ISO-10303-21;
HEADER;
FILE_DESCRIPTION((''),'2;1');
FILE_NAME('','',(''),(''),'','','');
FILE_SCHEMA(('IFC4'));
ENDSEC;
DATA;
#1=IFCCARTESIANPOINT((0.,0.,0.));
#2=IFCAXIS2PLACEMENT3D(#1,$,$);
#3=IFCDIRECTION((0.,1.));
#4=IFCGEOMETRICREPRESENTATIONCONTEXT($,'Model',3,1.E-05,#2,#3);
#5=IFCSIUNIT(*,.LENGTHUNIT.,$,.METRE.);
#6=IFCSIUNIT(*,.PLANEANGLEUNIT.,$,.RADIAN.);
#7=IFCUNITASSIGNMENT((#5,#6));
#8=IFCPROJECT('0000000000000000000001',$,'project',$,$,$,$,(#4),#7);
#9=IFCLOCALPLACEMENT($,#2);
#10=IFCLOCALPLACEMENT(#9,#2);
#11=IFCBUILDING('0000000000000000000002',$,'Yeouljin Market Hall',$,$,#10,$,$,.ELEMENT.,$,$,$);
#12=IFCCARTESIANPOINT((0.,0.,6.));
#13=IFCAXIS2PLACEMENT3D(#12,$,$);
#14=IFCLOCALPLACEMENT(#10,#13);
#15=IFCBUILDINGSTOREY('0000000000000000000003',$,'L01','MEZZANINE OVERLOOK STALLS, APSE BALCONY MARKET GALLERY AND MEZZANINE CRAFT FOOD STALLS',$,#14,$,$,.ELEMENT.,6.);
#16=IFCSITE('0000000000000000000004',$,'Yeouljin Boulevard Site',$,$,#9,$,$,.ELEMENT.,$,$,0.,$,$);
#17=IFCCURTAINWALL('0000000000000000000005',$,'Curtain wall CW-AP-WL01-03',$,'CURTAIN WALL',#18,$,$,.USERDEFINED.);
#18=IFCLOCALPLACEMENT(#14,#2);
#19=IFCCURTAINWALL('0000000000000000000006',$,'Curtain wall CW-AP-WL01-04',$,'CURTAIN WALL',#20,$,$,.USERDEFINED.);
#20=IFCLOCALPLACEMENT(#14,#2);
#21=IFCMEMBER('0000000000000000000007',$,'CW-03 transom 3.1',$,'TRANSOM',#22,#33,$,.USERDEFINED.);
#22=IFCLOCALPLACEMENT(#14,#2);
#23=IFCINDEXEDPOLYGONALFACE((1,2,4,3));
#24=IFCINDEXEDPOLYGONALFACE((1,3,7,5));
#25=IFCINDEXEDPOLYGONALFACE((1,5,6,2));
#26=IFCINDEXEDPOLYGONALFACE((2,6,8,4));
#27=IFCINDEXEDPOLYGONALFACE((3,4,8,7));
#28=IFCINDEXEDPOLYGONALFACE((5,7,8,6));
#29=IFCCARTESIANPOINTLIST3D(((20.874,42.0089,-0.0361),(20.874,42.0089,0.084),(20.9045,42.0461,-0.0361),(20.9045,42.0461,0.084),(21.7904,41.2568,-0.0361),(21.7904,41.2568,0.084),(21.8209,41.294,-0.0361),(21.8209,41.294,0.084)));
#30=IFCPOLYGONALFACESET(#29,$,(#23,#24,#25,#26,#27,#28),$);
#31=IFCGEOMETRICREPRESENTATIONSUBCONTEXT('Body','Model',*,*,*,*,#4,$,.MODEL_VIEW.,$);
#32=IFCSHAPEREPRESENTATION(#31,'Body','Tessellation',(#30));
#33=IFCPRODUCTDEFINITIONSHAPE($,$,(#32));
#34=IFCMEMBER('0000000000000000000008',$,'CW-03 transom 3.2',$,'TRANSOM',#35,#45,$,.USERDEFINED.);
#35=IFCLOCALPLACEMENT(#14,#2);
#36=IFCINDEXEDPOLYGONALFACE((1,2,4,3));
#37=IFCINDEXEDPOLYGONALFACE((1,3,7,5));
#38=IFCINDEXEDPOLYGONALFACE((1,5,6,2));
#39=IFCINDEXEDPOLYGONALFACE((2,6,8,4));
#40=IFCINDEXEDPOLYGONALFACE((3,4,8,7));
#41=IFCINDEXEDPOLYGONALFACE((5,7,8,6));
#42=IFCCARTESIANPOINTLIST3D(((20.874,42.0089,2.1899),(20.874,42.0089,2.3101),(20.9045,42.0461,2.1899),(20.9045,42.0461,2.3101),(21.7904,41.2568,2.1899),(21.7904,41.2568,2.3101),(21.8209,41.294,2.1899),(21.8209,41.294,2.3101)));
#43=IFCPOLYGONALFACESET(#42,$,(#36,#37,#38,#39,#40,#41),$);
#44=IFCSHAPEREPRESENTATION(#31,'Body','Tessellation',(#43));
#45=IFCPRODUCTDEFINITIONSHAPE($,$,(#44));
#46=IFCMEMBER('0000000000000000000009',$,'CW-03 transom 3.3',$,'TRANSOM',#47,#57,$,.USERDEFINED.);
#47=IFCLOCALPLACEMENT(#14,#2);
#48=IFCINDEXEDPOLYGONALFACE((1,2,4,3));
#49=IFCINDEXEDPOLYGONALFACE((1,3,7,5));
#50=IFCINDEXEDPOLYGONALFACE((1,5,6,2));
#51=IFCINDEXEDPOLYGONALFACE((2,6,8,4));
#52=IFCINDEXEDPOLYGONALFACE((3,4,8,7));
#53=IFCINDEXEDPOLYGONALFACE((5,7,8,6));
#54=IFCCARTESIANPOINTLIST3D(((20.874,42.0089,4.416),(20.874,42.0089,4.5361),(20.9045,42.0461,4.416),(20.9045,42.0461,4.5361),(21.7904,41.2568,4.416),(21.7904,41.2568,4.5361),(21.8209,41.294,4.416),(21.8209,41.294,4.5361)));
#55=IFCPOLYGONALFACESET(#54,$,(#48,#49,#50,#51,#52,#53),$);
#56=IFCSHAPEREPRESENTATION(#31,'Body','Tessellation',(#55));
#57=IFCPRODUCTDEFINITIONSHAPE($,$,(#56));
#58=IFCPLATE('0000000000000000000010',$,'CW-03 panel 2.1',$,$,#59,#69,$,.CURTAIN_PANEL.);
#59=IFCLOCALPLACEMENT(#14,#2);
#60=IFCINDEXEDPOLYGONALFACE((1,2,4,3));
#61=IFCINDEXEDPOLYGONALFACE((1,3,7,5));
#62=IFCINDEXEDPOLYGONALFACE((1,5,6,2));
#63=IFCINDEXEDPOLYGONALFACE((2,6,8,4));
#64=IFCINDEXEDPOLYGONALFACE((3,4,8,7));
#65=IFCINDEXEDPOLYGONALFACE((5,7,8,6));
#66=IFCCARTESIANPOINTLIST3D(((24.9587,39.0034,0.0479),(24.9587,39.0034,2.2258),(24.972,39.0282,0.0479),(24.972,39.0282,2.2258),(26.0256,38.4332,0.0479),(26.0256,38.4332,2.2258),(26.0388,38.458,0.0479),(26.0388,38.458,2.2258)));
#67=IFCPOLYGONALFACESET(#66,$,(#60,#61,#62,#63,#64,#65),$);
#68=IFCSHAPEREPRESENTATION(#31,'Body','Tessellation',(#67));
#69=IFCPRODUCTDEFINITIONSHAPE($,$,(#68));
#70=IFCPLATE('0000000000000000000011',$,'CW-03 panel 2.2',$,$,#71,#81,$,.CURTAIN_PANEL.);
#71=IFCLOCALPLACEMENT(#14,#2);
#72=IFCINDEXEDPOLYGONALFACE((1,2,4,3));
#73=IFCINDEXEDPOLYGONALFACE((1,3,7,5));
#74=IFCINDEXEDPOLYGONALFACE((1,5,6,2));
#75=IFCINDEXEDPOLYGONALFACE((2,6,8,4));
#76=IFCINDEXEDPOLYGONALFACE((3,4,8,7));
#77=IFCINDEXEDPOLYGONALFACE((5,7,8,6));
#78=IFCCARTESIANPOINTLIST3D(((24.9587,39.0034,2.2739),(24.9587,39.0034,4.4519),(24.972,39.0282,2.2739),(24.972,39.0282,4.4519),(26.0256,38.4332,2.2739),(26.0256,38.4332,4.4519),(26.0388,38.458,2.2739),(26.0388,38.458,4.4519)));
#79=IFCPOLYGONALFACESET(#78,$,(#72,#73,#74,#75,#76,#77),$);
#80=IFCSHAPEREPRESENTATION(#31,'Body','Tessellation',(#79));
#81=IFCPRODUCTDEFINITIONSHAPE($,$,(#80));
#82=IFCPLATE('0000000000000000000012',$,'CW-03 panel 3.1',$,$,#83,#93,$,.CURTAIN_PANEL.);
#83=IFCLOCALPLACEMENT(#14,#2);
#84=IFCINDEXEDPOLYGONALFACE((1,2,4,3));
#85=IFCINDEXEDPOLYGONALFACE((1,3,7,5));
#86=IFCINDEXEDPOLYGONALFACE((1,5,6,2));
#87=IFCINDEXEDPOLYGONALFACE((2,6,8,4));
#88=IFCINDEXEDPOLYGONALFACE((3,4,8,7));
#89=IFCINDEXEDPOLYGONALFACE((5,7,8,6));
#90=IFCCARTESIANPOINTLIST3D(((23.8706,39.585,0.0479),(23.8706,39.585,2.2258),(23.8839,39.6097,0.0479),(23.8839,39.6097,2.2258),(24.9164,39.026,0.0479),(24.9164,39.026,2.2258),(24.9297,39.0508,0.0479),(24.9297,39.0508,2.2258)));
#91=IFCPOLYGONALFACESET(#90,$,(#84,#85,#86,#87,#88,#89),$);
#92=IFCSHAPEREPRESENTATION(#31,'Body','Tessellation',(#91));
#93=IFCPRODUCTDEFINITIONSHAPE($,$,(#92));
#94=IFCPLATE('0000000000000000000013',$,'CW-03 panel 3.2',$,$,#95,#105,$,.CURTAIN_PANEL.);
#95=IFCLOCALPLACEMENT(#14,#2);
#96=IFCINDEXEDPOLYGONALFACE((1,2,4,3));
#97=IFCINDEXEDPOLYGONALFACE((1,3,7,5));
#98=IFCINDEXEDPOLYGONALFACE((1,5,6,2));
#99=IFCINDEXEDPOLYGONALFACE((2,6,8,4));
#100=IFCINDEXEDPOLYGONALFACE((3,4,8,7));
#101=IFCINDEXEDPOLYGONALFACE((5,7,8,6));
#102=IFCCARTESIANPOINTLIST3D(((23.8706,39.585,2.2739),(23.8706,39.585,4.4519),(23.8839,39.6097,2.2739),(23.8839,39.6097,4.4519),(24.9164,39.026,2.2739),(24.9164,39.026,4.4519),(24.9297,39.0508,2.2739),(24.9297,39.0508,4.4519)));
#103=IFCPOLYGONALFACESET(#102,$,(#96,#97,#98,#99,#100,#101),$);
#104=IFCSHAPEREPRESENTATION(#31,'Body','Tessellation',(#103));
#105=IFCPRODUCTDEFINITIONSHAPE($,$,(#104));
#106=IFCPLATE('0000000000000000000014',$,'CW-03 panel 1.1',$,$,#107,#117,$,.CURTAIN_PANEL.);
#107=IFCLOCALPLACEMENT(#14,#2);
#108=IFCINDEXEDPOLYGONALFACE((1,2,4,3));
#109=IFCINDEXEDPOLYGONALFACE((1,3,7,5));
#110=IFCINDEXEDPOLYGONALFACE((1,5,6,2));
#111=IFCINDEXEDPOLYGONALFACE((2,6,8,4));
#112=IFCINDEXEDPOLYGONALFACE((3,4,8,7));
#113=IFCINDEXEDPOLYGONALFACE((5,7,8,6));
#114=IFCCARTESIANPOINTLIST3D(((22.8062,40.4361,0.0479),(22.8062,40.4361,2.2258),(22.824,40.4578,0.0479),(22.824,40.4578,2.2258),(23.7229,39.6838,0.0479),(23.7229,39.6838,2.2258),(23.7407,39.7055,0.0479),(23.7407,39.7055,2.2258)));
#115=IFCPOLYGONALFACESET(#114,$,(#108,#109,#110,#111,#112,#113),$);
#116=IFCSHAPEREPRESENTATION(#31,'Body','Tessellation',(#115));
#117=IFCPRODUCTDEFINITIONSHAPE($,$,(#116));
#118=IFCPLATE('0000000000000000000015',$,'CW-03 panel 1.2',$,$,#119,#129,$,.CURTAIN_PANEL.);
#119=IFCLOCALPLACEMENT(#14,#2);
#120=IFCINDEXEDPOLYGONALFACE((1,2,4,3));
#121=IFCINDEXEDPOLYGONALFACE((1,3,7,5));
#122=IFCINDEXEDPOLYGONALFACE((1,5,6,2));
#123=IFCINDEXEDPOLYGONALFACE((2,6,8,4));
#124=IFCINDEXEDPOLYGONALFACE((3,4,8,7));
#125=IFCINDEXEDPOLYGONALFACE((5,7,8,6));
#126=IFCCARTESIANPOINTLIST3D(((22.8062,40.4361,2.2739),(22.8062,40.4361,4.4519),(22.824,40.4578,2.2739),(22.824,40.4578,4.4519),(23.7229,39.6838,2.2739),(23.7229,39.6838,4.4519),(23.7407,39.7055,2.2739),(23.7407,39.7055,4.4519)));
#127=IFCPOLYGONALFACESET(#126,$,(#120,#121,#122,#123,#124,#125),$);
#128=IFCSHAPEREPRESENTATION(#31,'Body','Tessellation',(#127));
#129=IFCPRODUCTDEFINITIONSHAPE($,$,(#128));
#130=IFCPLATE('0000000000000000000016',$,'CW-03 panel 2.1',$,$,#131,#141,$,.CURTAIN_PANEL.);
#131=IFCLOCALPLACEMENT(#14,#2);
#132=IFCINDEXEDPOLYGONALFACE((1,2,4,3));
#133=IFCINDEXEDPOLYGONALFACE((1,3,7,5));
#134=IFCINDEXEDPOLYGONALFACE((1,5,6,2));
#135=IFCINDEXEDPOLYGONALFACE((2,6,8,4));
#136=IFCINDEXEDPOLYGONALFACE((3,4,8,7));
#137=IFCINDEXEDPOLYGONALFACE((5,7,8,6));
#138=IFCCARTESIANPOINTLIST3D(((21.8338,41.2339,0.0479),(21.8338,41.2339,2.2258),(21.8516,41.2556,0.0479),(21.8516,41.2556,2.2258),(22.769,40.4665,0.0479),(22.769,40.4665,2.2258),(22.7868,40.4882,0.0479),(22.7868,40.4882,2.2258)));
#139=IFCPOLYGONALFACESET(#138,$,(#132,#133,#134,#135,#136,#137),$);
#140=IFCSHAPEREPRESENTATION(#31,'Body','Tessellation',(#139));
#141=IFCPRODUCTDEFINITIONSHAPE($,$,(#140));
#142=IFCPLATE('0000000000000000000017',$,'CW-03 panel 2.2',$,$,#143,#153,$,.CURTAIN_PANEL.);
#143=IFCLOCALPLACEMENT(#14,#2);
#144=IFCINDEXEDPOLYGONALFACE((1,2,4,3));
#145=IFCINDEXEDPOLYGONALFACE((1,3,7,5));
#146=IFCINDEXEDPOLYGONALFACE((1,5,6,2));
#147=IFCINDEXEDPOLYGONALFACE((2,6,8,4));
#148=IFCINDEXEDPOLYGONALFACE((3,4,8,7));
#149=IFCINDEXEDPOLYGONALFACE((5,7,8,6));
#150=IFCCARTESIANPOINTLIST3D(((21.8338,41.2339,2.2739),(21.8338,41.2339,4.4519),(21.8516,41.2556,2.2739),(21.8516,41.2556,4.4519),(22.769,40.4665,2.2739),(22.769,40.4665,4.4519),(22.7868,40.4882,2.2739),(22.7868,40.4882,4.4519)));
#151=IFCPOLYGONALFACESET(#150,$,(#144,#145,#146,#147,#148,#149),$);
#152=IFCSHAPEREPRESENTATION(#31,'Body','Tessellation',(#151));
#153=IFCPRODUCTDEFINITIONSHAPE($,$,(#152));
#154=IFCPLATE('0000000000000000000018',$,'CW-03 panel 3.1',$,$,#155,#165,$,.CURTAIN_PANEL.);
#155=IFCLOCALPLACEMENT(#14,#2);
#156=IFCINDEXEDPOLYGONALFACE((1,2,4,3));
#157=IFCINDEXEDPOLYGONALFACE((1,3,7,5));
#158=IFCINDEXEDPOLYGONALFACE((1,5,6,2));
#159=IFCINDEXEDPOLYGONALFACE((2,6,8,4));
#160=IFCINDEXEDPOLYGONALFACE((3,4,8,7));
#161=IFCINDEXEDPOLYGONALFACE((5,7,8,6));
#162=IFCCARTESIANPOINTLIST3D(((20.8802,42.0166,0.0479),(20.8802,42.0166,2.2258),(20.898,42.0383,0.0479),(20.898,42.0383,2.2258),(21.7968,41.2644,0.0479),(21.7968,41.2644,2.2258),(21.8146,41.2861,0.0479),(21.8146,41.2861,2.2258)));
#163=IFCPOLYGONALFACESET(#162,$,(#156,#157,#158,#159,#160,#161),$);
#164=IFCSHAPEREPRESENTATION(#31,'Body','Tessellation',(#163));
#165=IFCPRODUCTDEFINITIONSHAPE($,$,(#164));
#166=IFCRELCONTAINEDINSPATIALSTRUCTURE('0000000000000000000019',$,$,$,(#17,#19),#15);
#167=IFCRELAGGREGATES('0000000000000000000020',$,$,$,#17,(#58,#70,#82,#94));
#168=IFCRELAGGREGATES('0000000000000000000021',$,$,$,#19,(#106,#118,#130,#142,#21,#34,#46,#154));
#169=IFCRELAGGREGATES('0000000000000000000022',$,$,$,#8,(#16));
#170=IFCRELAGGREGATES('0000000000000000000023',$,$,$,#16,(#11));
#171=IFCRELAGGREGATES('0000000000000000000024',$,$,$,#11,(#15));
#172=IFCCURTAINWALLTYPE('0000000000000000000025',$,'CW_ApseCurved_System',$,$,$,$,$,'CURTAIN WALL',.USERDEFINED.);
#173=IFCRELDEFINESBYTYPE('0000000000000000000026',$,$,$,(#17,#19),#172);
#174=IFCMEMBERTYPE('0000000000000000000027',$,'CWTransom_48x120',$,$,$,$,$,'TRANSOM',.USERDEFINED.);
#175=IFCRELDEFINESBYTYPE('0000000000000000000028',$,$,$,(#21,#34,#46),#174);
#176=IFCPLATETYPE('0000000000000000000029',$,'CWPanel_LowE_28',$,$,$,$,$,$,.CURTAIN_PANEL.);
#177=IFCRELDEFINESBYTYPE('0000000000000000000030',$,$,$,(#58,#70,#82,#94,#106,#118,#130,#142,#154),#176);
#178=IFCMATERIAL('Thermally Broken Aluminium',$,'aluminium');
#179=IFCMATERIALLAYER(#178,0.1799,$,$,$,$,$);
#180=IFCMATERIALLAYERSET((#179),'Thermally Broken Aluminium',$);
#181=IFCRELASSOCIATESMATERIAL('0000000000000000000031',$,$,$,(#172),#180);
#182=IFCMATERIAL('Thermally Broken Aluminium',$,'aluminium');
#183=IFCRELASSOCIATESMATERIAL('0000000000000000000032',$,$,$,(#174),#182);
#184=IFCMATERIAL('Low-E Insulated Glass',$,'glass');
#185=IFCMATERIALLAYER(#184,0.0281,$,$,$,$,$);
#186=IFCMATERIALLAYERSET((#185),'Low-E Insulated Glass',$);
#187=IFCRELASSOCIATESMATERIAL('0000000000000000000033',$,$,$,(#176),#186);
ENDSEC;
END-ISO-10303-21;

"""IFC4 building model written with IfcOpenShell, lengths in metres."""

from ifc_helpers import new_model, si_unit, direction, frame, origin, origin_2d, place, context, subcontext, project, spatial, rectangle, extrude, material, layer, layer_set, material_profile, profile_set, type_object, element, aggregate, save


model = new_model("IFC4")

# Units and contexts
model_context = context("Model", 3, precision=1e-05, world=origin(), true_north=direction((0.0, 1.0)))
body_context = subcontext(model_context, "Body", "Model", "MODEL_VIEW")
ifc_project = project(units=[si_unit("LENGTHUNIT", "METRE"), si_unit("PLANEANGLEUNIT", "RADIAN")], contexts=[model_context])

# Site, building, storey
site_placement = place(None, origin())
site = spatial("IfcSite", under=ifc_project, at=site_placement, Name="Yeouljin Boulevard Site", CompositionType="ELEMENT", RefElevation=0.0)
building_placement = place(site_placement, origin())
building = spatial("IfcBuilding", under=site, at=building_placement, Name="Yeouljin Market Hall", CompositionType="ELEMENT")
storey_placement = place(building_placement, frame((0.0, 0.0, 6.0)))
storey = spatial("IfcBuildingStorey", under=building, at=storey_placement, Name="L01", Description="MEZZANINE OVERLOOK STALLS, APSE BALCONY MARKET GALLERY AND MEZZANINE CRAFT FOOD STALLS", CompositionType="ELEMENT", Elevation=6.0)

# Curtain walls
ifc_material_1 = material(Name="Thermally Broken Aluminium", Category="aluminium")
ifc_layer_1 = layer(ifc_material_1, 0.1799)
ifc_layer_set_1 = layer_set([ifc_layer_1], Name="Thermally Broken Aluminium")
curtain_wall_type = type_object("IfcCurtainWallType", Name="CW_ApseCurved_System", ElementType="CURTAIN WALL", PredefinedType="USERDEFINED", material=ifc_layer_set_1)
curtain_wall_1_placement = place(storey_placement, origin())
curtain_wall_1 = element("IfcCurtainWall", 1, at=curtain_wall_1_placement, inside=storey, type_object=curtain_wall_type, Name="Curtain wall CW-AP-WL01-03", ObjectType="CURTAIN WALL", PredefinedType="USERDEFINED")
curtain_wall_2_placement = place(storey_placement, origin())
curtain_wall_2 = element("IfcCurtainWall", 2, at=curtain_wall_2_placement, inside=storey, type_object=curtain_wall_type, Name="Curtain wall CW-AP-WL01-04", ObjectType="CURTAIN WALL", PredefinedType="USERDEFINED")

# Members
ifc_material_2 = material(Name="Thermally Broken Aluminium", Category="aluminium")
ifc_material_profile_1 = material_profile(ifc_material_2, rectangle(XDim=0.0481, YDim=0.1201, at=origin_2d()), Name="CW-TRAN-48x120")
ifc_profile_set_1 = profile_set([ifc_material_profile_1], Name="Thermally Broken Aluminium")
member_type_1 = type_object("IfcMemberType", Name="CWTransom_48x120", ElementType="TRANSOM", PredefinedType="USERDEFINED", material=ifc_profile_set_1)
member_1_placement = place(storey_placement, frame((21.8057, 41.2754, 0.0239), z_axis=(-0.772993, 0.634414, 0.0), x_axis=(-0.634414, -0.772993, 0.0)))
member_1 = element("IfcMember", 3, at=member_1_placement, type_object=member_type_1, Name="CW-03 transom 3.1", ObjectType="TRANSOM", PredefinedType="USERDEFINED", context=body_context, shape_type="SweptSolid", body=[
    extrude(rectangle(XDim=0.0481, YDim=0.1201, at=origin_2d()), origin(), (0.0, 0.0, 1.0), 1.1855),
])
member_2_placement = place(storey_placement, frame((21.8057, 41.2754, 2.25), z_axis=(-0.772993, 0.634414, 0.0), x_axis=(-0.634414, -0.772993, 0.0)))
member_2 = element("IfcMember", 4, at=member_2_placement, type_object=member_type_1, Name="CW-03 transom 3.2", ObjectType="TRANSOM", PredefinedType="USERDEFINED", context=body_context, shape_type="SweptSolid", body=[
    extrude(rectangle(XDim=0.0481, YDim=0.1201, at=origin_2d()), origin(), (0.0, 0.0, 1.0), 1.1855),
])
member_3_placement = place(storey_placement, frame((21.8057, 41.2754, 4.4761), z_axis=(-0.772993, 0.634414, 0.0), x_axis=(-0.634414, -0.772993, 0.0)))
member_3 = element("IfcMember", 5, at=member_3_placement, type_object=member_type_1, Name="CW-03 transom 3.3", ObjectType="TRANSOM", PredefinedType="USERDEFINED", context=body_context, shape_type="SweptSolid", body=[
    extrude(rectangle(XDim=0.0481, YDim=0.1201, at=origin_2d()), origin(), (0.0, 0.0, 1.0), 1.1855),
])

# Plates
ifc_material_3 = material(Name="Low-E Insulated Glass", Category="glass")
ifc_layer_2 = layer(ifc_material_3, 0.0281)
ifc_layer_set_2 = layer_set([ifc_layer_2], Name="Low-E Insulated Glass")
plate_type = type_object("IfcPlateType", Name="CWPanel_LowE_28", PredefinedType="CURTAIN_PANEL", material=ifc_layer_set_2)
plate_1_placement = place(storey_placement, frame((25.4988, 38.7307, 0.0479), z_axis=(0.0, 0.0, 1.0), x_axis=(-0.881931, 0.471378, 0.0)))
plate_1 = element("IfcPlate", 6, at=plate_1_placement, type_object=plate_type, Name="CW-03 panel 2.1", PredefinedType="CURTAIN_PANEL", context=body_context, shape_type="SweptSolid", body=[
    extrude(rectangle(XDim=1.2097, YDim=0.0281, at=origin_2d()), origin(), (0.0, 0.0, 1.0), 2.178),
])
plate_2_placement = place(storey_placement, frame((25.4988, 38.7307, 2.2739), z_axis=(0.0, 0.0, 1.0), x_axis=(-0.881931, 0.471378, 0.0)))
plate_2 = element("IfcPlate", 7, at=plate_2_placement, type_object=plate_type, Name="CW-03 panel 2.2", PredefinedType="CURTAIN_PANEL", context=body_context, shape_type="SweptSolid", body=[
    extrude(rectangle(XDim=1.2097, YDim=0.0281, at=origin_2d()), origin(), (0.0, 0.0, 1.0), 2.178),
])
plate_3_placement = place(storey_placement, frame((24.4001, 39.3179, 0.0479), z_axis=(0.0, 0.0, 1.0), x_axis=(-0.881931, 0.471378, 0.0)))
plate_3 = element("IfcPlate", 8, at=plate_3_placement, type_object=plate_type, Name="CW-03 panel 3.1", PredefinedType="CURTAIN_PANEL", context=body_context, shape_type="SweptSolid", body=[
    extrude(rectangle(XDim=1.1858, YDim=0.0281, at=origin_2d()), origin(), (0.0, 0.0, 1.0), 2.178),
])
plate_4_placement = place(storey_placement, frame((24.4001, 39.3179, 2.2739), z_axis=(0.0, 0.0, 1.0), x_axis=(-0.881931, 0.471378, 0.0)))
plate_4 = element("IfcPlate", 9, at=plate_4_placement, type_object=plate_type, Name="CW-03 panel 3.2", PredefinedType="CURTAIN_PANEL", context=body_context, shape_type="SweptSolid", body=[
    extrude(rectangle(XDim=1.1858, YDim=0.0281, at=origin_2d()), origin(), (0.0, 0.0, 1.0), 2.178),
])
aggregate(curtain_wall_1, [plate_1, plate_2, plate_3, plate_4])
plate_5_placement = place(storey_placement, frame((23.2734, 40.0708, 0.0479), z_axis=(0.0, 0.0, 1.0), x_axis=(-0.773018, 0.634384, 0.0)))
plate_5 = element("IfcPlate", 10, at=plate_5_placement, type_object=plate_type, Name="CW-03 panel 1.1", PredefinedType="CURTAIN_PANEL", context=body_context, shape_type="SweptSolid", body=[
    extrude(rectangle(XDim=1.1858, YDim=0.0281, at=origin_2d()), origin(), (0.0, 0.0, 1.0), 2.178),
])
plate_6_placement = place(storey_placement, frame((23.2734, 40.0708, 2.2739), z_axis=(0.0, 0.0, 1.0), x_axis=(-0.773018, 0.634384, 0.0)))
plate_6 = element("IfcPlate", 11, at=plate_6_placement, type_object=plate_type, Name="CW-03 panel 1.2", PredefinedType="CURTAIN_PANEL", context=body_context, shape_type="SweptSolid", body=[
    extrude(rectangle(XDim=1.1858, YDim=0.0281, at=origin_2d()), origin(), (0.0, 0.0, 1.0), 2.178),
])
plate_7_placement = place(storey_placement, frame((22.3103, 40.8611, 0.0479), z_axis=(0.0, 0.0, 1.0), x_axis=(-0.773018, 0.634384, 0.0)))
plate_7 = element("IfcPlate", 12, at=plate_7_placement, type_object=plate_type, Name="CW-03 panel 2.1", PredefinedType="CURTAIN_PANEL", context=body_context, shape_type="SweptSolid", body=[
    extrude(rectangle(XDim=1.2097, YDim=0.0281, at=origin_2d()), origin(), (0.0, 0.0, 1.0), 2.178),
])
plate_8_placement = place(storey_placement, frame((22.3103, 40.8611, 2.2739), z_axis=(0.0, 0.0, 1.0), x_axis=(-0.773018, 0.634384, 0.0)))
plate_8 = element("IfcPlate", 13, at=plate_8_placement, type_object=plate_type, Name="CW-03 panel 2.2", PredefinedType="CURTAIN_PANEL", context=body_context, shape_type="SweptSolid", body=[
    extrude(rectangle(XDim=1.2097, YDim=0.0281, at=origin_2d()), origin(), (0.0, 0.0, 1.0), 2.178),
])
plate_9_placement = place(storey_placement, frame((21.3474, 41.6514, 0.0479), z_axis=(0.0, 0.0, 1.0), x_axis=(-0.773018, 0.634384, 0.0)))
plate_9 = element("IfcPlate", 14, at=plate_9_placement, type_object=plate_type, Name="CW-03 panel 3.1", PredefinedType="CURTAIN_PANEL", context=body_context, shape_type="SweptSolid", body=[
    extrude(rectangle(XDim=1.1858, YDim=0.0281, at=origin_2d()), origin(), (0.0, 0.0, 1.0), 2.178),
])
aggregate(curtain_wall_2, [plate_5, plate_6, plate_7, plate_8, member_1, member_2, member_3, plate_9])

save(model, "model.ifc")
